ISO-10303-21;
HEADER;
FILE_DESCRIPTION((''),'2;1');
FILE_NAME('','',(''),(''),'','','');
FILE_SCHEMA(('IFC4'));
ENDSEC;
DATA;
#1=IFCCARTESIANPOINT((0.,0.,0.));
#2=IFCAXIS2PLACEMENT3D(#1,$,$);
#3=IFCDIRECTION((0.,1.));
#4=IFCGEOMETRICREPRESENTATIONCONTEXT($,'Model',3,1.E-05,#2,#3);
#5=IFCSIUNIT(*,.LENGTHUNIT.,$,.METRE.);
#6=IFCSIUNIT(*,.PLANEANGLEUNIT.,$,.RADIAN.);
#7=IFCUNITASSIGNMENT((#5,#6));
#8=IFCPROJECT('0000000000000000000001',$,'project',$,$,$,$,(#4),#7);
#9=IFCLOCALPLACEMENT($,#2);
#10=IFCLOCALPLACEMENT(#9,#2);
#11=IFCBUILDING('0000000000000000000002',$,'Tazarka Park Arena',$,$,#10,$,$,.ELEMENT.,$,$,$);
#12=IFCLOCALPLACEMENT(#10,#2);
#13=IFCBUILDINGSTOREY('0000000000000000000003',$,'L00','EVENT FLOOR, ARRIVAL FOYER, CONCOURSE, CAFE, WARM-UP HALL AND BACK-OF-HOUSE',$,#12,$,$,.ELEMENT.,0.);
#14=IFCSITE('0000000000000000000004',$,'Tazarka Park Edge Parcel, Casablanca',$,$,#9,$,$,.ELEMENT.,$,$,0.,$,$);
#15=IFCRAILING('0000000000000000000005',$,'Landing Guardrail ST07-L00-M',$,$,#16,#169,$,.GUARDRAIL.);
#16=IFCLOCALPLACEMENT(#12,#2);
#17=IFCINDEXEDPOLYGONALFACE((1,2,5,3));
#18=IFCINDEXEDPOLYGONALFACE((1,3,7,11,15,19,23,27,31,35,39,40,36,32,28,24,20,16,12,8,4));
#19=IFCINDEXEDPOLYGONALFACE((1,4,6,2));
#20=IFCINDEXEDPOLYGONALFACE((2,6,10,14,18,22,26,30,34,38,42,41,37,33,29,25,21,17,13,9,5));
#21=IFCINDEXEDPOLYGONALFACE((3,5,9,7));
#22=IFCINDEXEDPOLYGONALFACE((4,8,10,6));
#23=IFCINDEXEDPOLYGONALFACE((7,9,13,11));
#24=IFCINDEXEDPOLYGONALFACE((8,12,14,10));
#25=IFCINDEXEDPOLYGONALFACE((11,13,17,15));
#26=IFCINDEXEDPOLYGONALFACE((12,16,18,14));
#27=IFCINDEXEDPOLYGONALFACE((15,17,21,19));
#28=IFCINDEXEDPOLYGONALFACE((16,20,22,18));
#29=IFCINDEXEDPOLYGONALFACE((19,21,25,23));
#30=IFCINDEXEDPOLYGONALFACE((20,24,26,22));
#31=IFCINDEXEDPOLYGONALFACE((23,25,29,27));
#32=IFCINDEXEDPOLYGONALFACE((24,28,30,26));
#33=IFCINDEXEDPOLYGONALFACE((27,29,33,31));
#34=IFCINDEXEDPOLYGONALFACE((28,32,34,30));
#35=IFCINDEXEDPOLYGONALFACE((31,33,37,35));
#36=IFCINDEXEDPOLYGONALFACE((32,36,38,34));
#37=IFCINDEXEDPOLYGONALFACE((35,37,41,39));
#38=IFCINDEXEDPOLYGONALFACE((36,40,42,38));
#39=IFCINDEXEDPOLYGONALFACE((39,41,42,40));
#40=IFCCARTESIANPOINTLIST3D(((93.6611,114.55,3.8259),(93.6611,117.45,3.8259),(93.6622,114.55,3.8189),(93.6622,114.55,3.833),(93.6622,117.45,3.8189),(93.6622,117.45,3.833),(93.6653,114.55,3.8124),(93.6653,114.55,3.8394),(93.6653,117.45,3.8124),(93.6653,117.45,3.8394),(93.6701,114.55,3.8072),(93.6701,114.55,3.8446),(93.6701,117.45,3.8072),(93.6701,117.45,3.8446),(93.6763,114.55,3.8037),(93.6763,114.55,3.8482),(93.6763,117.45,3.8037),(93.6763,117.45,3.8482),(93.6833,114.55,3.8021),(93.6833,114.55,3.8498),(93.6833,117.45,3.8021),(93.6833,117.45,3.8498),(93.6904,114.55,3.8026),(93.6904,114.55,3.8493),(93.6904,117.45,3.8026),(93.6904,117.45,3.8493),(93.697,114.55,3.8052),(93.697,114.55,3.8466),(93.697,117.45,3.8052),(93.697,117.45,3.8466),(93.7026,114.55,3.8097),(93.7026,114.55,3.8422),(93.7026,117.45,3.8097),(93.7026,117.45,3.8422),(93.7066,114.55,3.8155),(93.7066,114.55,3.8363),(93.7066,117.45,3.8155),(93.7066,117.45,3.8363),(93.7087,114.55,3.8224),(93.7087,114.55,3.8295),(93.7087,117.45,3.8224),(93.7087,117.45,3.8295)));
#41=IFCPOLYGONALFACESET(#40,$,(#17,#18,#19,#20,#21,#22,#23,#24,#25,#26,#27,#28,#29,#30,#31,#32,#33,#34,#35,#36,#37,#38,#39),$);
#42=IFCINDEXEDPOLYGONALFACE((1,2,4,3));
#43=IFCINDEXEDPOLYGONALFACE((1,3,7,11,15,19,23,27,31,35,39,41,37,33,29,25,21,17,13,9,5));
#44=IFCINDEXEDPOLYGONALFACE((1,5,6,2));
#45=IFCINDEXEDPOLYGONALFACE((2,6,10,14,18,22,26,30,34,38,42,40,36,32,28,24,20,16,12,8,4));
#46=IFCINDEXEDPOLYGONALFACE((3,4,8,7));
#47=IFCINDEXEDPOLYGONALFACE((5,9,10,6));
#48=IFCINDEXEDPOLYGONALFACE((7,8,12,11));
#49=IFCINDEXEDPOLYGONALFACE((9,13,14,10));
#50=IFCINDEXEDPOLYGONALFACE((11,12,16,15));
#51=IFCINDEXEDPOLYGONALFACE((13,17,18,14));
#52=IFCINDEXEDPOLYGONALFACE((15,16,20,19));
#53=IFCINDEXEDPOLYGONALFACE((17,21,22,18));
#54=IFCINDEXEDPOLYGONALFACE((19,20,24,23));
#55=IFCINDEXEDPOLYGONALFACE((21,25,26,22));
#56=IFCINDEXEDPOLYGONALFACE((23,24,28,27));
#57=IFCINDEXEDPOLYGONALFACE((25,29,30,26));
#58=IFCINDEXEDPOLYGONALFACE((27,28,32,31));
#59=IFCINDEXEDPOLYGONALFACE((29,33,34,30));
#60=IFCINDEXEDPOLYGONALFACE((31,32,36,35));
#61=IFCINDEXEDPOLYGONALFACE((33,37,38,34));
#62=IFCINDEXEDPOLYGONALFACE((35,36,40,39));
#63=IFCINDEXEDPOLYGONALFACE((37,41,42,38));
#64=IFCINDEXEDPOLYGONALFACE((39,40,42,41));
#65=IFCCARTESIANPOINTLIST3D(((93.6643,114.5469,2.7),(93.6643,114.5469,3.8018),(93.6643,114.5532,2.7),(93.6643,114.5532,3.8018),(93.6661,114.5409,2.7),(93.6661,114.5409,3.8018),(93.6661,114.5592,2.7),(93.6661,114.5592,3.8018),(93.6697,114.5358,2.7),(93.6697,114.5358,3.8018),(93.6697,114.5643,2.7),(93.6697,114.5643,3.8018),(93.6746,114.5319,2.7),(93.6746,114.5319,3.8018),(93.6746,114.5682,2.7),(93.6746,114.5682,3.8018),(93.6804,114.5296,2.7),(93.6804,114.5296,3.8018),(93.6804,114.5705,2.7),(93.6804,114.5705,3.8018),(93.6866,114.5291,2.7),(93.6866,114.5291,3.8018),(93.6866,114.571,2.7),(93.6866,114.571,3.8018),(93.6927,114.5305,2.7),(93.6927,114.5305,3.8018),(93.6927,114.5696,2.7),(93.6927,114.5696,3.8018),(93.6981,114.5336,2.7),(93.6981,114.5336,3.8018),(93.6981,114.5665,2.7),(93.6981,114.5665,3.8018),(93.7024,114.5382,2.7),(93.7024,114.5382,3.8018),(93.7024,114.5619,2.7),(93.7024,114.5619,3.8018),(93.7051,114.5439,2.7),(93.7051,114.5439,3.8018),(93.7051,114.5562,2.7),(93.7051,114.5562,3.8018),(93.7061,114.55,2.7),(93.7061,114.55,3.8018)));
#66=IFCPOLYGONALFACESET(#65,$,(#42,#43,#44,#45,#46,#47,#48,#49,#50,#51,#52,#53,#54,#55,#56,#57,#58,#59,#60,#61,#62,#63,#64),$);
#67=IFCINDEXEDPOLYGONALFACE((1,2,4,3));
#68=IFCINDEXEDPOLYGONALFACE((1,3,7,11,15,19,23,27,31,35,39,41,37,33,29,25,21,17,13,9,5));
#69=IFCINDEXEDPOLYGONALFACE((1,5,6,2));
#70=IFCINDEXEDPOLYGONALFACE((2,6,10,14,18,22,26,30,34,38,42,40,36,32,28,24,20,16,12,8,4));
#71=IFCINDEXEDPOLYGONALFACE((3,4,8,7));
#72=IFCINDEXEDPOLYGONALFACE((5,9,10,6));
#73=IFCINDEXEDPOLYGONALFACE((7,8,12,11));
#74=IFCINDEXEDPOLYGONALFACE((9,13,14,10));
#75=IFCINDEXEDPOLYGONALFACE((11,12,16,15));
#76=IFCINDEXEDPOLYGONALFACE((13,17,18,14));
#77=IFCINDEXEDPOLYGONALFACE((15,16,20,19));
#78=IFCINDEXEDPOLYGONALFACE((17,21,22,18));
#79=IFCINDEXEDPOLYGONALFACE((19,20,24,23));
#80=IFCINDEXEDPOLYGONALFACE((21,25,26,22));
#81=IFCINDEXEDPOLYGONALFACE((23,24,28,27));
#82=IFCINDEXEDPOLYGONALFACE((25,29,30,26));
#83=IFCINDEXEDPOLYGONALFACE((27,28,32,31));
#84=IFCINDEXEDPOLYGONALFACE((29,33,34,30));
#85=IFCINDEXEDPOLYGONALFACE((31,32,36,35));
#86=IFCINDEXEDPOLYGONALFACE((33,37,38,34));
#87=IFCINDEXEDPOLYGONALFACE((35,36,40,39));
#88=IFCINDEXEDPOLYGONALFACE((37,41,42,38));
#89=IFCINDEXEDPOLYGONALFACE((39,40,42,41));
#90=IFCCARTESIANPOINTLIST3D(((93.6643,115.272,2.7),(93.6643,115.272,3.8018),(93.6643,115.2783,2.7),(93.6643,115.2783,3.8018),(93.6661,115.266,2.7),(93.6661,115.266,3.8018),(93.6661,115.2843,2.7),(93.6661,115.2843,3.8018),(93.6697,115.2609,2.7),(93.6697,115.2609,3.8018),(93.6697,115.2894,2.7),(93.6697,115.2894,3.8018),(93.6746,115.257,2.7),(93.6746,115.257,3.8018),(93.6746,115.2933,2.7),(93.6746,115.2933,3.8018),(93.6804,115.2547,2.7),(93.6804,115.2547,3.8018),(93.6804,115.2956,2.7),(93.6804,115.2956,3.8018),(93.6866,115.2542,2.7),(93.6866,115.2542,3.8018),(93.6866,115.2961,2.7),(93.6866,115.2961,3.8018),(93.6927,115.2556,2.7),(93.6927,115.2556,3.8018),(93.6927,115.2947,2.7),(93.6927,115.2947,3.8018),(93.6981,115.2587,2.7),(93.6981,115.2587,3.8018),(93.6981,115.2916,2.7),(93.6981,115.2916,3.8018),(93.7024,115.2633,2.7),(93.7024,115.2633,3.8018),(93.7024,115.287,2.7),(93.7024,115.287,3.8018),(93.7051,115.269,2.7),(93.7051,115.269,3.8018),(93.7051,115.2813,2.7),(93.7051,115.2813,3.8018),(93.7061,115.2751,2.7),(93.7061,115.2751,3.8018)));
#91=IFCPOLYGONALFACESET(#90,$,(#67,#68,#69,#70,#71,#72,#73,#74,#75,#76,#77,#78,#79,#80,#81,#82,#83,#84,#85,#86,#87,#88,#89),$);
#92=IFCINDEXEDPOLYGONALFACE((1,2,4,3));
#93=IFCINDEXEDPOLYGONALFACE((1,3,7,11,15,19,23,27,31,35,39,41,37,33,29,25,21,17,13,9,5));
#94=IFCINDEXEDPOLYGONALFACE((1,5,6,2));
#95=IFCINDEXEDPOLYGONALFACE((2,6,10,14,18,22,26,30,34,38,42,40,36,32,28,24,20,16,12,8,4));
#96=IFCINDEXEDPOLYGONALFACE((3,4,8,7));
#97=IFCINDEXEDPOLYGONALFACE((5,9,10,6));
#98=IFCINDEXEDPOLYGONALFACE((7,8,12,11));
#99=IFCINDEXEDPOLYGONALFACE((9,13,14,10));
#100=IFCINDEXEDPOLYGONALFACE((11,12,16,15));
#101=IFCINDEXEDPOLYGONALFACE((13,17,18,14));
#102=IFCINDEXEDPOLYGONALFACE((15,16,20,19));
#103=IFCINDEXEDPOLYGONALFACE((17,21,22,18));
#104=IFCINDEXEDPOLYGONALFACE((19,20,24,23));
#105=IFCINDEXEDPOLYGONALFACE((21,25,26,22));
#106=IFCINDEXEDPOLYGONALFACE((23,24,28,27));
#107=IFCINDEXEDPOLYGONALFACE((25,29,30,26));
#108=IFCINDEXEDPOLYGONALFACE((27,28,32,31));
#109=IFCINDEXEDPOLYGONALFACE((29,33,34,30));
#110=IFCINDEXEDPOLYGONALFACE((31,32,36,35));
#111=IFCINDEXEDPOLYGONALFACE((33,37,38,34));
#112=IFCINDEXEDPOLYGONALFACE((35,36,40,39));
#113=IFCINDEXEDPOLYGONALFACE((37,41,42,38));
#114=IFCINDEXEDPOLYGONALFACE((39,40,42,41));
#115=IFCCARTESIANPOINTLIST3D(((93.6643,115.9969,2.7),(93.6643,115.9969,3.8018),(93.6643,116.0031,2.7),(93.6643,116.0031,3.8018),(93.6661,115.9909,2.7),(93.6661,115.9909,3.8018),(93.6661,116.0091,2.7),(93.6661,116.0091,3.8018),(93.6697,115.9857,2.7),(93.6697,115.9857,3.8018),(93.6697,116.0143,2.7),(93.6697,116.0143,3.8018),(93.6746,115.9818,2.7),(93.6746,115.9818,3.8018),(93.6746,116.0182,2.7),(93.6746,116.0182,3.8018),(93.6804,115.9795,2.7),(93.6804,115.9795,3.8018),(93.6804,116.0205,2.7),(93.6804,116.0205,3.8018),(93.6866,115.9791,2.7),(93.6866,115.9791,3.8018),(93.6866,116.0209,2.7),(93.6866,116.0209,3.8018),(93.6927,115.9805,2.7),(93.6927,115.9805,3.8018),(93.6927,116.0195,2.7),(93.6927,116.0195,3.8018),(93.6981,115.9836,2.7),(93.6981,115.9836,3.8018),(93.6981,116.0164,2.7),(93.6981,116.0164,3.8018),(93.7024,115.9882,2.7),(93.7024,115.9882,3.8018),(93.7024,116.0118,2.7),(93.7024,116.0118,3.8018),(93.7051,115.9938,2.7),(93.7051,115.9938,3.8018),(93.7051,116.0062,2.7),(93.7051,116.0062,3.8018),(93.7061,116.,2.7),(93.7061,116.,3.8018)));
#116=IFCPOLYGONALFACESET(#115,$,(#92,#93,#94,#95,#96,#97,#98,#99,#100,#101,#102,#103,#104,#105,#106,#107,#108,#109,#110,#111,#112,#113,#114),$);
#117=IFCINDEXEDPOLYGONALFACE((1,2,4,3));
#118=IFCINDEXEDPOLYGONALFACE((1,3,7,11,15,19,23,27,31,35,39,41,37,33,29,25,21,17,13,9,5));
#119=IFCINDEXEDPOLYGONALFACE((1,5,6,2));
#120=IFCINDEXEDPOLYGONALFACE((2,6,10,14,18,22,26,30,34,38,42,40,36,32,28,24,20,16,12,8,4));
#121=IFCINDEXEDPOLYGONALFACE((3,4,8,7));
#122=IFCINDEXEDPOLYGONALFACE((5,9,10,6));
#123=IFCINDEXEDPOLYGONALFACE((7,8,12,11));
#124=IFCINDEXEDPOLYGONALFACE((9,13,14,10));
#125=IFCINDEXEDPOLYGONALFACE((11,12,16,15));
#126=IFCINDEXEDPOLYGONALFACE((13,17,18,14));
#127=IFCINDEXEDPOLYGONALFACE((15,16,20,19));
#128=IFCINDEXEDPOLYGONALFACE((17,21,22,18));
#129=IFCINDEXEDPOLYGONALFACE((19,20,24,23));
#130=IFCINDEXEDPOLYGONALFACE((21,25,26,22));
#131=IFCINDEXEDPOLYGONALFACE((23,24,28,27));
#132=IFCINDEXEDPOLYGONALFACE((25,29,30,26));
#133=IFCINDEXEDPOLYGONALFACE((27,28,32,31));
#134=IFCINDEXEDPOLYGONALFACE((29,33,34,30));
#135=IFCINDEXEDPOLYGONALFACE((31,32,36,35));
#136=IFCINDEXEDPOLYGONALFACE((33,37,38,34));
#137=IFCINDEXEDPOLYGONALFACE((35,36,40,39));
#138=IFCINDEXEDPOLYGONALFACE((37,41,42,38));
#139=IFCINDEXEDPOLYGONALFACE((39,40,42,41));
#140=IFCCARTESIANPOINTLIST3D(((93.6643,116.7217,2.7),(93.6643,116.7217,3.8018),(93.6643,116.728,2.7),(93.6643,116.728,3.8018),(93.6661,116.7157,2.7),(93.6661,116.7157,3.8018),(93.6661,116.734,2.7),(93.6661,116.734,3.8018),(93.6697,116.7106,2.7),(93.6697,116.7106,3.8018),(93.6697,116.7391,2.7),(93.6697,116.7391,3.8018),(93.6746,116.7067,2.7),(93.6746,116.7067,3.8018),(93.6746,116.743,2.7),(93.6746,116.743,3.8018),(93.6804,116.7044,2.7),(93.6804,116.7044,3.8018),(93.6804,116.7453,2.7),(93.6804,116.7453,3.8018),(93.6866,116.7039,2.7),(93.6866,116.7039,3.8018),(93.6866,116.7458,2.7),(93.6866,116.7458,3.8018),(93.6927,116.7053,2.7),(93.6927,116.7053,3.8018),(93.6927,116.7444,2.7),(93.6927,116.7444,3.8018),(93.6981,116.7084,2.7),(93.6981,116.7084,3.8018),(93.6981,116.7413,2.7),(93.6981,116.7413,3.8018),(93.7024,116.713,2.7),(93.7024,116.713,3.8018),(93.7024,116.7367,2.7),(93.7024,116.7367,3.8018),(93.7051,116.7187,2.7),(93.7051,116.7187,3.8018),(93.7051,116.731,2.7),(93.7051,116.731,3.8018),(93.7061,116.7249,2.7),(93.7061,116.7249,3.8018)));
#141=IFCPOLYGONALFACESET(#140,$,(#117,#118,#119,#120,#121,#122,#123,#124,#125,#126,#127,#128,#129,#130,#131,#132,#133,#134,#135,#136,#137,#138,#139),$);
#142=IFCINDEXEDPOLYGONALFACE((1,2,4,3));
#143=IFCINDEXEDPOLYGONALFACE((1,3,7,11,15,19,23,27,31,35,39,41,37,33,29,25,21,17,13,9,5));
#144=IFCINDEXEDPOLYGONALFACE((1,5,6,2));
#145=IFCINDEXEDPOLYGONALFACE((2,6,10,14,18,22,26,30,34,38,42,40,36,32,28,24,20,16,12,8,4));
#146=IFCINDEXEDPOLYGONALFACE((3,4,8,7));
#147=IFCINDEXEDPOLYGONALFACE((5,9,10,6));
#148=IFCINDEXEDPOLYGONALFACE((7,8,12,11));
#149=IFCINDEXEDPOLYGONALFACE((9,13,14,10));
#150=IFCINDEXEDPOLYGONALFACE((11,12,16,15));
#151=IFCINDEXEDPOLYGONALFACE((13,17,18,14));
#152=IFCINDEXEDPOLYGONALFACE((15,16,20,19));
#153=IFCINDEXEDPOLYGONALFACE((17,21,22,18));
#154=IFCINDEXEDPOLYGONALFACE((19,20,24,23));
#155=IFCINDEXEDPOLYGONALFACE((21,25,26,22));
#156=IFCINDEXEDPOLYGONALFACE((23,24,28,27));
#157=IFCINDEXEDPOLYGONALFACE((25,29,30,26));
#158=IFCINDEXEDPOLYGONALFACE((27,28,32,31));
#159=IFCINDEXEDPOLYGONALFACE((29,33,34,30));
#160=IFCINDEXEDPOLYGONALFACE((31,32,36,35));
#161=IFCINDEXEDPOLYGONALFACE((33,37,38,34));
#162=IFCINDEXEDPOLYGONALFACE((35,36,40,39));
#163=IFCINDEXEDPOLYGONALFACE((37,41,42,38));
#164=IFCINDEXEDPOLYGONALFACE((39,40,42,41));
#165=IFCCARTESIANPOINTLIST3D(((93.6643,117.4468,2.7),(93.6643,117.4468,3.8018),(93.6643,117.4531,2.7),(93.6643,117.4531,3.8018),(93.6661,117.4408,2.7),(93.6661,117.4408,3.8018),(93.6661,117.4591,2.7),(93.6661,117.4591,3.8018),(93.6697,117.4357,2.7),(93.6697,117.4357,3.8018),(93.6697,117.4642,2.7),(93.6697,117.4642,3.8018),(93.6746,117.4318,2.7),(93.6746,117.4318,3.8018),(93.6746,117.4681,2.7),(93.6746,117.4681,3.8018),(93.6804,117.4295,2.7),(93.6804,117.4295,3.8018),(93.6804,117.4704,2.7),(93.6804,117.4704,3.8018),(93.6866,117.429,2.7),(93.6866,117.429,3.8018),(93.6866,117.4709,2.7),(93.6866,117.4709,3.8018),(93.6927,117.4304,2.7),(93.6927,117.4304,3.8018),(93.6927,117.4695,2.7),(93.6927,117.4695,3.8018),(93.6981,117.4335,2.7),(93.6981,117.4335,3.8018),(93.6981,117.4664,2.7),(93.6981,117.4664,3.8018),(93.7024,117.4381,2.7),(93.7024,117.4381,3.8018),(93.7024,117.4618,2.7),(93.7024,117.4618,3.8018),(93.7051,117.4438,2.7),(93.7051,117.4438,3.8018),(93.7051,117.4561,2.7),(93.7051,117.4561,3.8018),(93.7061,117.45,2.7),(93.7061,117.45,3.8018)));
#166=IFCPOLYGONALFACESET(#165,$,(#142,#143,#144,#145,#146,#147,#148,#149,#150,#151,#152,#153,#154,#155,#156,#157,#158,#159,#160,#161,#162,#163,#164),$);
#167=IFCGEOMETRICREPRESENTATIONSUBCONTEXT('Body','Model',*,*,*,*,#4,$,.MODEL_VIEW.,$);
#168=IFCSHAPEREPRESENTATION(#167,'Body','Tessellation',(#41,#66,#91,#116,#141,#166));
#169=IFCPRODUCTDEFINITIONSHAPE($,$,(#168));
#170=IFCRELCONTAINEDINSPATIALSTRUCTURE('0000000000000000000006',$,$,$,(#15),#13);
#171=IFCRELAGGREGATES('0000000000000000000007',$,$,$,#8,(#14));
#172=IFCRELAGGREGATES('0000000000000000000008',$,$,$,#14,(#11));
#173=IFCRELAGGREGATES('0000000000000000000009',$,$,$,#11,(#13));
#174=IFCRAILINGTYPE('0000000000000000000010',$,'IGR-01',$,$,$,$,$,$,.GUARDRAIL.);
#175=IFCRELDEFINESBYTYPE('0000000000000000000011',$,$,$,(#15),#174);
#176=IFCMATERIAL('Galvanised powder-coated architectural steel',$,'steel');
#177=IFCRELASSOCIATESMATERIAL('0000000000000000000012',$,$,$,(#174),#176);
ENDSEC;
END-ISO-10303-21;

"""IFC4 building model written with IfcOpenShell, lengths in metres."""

from ifc_helpers import new_model, si_unit, direction, frame, origin, origin_2d, place, context, subcontext, project, spatial, circle, extrude, material, type_object, element, save


model = new_model("IFC4")

# Units and contexts
model_context = context("Model", 3, precision=1e-05, world=origin(), true_north=direction((0.0, 1.0)))
body_context = subcontext(model_context, "Body", "Model", "MODEL_VIEW")
ifc_project = project(units=[si_unit("LENGTHUNIT", "METRE"), si_unit("PLANEANGLEUNIT", "RADIAN")], contexts=[model_context])

# Site, building, storey
site_placement = place(None, origin())
site = spatial("IfcSite", under=ifc_project, at=site_placement, Name="Tazarka Park Edge Parcel, Casablanca", CompositionType="ELEMENT", RefElevation=0.0)
building_placement = place(site_placement, origin())
building = spatial("IfcBuilding", under=site, at=building_placement, Name="Tazarka Park Arena", CompositionType="ELEMENT")
storey_placement = place(building_placement, origin())
storey = spatial("IfcBuildingStorey", under=building, at=storey_placement, Name="L00", Description="EVENT FLOOR, ARRIVAL FOYER, CONCOURSE, CAFE, WARM-UP HALL AND BACK-OF-HOUSE", CompositionType="ELEMENT", Elevation=0.0)

# Railing
ifc_material_1 = material(Name="Galvanised powder-coated architectural steel", Category="steel")
railing_type_1 = type_object("IfcRailingType", Name="IGR-01", PredefinedType="GUARDRAIL", material=ifc_material_1)
for number, where, name in (
    (1, (93.6851, 114.55, 2.7), "Landing Guardrail ST07-L00-M"),
):
    element("IfcRailing", number, at=place(storey_placement, frame(where)), inside=storey, type_object=railing_type_1, Name=name, PredefinedType="GUARDRAIL", context=body_context, shape_type="SweptSolid", body=[
        extrude(circle(Radius=0.0239, at=origin_2d()), frame((0.0, 0.0, 1.126), z_axis=(0.0, 1.0, 0.0), x_axis=(-1.0, 0.0, 0.0)), (0.0, 0.0, 1.0), 2.8999),
        extrude(circle(Radius=0.021, at=origin_2d()), origin(), (0.0, 0.0, 1.0), 1.1018),
        extrude(circle(Radius=0.021, at=origin_2d()), frame((0.0, 0.7251, 0.0)), (0.0, 0.0, 1.0), 1.1018),
        extrude(circle(Radius=0.021, at=origin_2d()), frame((0.0, 1.45, 0.0)), (0.0, 0.0, 1.0), 1.1018),
        extrude(circle(Radius=0.021, at=origin_2d()), frame((0.0, 2.1748, 0.0)), (0.0, 0.0, 1.0), 1.1018),
        extrude(circle(Radius=0.021, at=origin_2d()), frame((0.0, 2.8999, 0.0)), (0.0, 0.0, 1.0), 1.1018),
    ])

save(model, "model.ifc")
